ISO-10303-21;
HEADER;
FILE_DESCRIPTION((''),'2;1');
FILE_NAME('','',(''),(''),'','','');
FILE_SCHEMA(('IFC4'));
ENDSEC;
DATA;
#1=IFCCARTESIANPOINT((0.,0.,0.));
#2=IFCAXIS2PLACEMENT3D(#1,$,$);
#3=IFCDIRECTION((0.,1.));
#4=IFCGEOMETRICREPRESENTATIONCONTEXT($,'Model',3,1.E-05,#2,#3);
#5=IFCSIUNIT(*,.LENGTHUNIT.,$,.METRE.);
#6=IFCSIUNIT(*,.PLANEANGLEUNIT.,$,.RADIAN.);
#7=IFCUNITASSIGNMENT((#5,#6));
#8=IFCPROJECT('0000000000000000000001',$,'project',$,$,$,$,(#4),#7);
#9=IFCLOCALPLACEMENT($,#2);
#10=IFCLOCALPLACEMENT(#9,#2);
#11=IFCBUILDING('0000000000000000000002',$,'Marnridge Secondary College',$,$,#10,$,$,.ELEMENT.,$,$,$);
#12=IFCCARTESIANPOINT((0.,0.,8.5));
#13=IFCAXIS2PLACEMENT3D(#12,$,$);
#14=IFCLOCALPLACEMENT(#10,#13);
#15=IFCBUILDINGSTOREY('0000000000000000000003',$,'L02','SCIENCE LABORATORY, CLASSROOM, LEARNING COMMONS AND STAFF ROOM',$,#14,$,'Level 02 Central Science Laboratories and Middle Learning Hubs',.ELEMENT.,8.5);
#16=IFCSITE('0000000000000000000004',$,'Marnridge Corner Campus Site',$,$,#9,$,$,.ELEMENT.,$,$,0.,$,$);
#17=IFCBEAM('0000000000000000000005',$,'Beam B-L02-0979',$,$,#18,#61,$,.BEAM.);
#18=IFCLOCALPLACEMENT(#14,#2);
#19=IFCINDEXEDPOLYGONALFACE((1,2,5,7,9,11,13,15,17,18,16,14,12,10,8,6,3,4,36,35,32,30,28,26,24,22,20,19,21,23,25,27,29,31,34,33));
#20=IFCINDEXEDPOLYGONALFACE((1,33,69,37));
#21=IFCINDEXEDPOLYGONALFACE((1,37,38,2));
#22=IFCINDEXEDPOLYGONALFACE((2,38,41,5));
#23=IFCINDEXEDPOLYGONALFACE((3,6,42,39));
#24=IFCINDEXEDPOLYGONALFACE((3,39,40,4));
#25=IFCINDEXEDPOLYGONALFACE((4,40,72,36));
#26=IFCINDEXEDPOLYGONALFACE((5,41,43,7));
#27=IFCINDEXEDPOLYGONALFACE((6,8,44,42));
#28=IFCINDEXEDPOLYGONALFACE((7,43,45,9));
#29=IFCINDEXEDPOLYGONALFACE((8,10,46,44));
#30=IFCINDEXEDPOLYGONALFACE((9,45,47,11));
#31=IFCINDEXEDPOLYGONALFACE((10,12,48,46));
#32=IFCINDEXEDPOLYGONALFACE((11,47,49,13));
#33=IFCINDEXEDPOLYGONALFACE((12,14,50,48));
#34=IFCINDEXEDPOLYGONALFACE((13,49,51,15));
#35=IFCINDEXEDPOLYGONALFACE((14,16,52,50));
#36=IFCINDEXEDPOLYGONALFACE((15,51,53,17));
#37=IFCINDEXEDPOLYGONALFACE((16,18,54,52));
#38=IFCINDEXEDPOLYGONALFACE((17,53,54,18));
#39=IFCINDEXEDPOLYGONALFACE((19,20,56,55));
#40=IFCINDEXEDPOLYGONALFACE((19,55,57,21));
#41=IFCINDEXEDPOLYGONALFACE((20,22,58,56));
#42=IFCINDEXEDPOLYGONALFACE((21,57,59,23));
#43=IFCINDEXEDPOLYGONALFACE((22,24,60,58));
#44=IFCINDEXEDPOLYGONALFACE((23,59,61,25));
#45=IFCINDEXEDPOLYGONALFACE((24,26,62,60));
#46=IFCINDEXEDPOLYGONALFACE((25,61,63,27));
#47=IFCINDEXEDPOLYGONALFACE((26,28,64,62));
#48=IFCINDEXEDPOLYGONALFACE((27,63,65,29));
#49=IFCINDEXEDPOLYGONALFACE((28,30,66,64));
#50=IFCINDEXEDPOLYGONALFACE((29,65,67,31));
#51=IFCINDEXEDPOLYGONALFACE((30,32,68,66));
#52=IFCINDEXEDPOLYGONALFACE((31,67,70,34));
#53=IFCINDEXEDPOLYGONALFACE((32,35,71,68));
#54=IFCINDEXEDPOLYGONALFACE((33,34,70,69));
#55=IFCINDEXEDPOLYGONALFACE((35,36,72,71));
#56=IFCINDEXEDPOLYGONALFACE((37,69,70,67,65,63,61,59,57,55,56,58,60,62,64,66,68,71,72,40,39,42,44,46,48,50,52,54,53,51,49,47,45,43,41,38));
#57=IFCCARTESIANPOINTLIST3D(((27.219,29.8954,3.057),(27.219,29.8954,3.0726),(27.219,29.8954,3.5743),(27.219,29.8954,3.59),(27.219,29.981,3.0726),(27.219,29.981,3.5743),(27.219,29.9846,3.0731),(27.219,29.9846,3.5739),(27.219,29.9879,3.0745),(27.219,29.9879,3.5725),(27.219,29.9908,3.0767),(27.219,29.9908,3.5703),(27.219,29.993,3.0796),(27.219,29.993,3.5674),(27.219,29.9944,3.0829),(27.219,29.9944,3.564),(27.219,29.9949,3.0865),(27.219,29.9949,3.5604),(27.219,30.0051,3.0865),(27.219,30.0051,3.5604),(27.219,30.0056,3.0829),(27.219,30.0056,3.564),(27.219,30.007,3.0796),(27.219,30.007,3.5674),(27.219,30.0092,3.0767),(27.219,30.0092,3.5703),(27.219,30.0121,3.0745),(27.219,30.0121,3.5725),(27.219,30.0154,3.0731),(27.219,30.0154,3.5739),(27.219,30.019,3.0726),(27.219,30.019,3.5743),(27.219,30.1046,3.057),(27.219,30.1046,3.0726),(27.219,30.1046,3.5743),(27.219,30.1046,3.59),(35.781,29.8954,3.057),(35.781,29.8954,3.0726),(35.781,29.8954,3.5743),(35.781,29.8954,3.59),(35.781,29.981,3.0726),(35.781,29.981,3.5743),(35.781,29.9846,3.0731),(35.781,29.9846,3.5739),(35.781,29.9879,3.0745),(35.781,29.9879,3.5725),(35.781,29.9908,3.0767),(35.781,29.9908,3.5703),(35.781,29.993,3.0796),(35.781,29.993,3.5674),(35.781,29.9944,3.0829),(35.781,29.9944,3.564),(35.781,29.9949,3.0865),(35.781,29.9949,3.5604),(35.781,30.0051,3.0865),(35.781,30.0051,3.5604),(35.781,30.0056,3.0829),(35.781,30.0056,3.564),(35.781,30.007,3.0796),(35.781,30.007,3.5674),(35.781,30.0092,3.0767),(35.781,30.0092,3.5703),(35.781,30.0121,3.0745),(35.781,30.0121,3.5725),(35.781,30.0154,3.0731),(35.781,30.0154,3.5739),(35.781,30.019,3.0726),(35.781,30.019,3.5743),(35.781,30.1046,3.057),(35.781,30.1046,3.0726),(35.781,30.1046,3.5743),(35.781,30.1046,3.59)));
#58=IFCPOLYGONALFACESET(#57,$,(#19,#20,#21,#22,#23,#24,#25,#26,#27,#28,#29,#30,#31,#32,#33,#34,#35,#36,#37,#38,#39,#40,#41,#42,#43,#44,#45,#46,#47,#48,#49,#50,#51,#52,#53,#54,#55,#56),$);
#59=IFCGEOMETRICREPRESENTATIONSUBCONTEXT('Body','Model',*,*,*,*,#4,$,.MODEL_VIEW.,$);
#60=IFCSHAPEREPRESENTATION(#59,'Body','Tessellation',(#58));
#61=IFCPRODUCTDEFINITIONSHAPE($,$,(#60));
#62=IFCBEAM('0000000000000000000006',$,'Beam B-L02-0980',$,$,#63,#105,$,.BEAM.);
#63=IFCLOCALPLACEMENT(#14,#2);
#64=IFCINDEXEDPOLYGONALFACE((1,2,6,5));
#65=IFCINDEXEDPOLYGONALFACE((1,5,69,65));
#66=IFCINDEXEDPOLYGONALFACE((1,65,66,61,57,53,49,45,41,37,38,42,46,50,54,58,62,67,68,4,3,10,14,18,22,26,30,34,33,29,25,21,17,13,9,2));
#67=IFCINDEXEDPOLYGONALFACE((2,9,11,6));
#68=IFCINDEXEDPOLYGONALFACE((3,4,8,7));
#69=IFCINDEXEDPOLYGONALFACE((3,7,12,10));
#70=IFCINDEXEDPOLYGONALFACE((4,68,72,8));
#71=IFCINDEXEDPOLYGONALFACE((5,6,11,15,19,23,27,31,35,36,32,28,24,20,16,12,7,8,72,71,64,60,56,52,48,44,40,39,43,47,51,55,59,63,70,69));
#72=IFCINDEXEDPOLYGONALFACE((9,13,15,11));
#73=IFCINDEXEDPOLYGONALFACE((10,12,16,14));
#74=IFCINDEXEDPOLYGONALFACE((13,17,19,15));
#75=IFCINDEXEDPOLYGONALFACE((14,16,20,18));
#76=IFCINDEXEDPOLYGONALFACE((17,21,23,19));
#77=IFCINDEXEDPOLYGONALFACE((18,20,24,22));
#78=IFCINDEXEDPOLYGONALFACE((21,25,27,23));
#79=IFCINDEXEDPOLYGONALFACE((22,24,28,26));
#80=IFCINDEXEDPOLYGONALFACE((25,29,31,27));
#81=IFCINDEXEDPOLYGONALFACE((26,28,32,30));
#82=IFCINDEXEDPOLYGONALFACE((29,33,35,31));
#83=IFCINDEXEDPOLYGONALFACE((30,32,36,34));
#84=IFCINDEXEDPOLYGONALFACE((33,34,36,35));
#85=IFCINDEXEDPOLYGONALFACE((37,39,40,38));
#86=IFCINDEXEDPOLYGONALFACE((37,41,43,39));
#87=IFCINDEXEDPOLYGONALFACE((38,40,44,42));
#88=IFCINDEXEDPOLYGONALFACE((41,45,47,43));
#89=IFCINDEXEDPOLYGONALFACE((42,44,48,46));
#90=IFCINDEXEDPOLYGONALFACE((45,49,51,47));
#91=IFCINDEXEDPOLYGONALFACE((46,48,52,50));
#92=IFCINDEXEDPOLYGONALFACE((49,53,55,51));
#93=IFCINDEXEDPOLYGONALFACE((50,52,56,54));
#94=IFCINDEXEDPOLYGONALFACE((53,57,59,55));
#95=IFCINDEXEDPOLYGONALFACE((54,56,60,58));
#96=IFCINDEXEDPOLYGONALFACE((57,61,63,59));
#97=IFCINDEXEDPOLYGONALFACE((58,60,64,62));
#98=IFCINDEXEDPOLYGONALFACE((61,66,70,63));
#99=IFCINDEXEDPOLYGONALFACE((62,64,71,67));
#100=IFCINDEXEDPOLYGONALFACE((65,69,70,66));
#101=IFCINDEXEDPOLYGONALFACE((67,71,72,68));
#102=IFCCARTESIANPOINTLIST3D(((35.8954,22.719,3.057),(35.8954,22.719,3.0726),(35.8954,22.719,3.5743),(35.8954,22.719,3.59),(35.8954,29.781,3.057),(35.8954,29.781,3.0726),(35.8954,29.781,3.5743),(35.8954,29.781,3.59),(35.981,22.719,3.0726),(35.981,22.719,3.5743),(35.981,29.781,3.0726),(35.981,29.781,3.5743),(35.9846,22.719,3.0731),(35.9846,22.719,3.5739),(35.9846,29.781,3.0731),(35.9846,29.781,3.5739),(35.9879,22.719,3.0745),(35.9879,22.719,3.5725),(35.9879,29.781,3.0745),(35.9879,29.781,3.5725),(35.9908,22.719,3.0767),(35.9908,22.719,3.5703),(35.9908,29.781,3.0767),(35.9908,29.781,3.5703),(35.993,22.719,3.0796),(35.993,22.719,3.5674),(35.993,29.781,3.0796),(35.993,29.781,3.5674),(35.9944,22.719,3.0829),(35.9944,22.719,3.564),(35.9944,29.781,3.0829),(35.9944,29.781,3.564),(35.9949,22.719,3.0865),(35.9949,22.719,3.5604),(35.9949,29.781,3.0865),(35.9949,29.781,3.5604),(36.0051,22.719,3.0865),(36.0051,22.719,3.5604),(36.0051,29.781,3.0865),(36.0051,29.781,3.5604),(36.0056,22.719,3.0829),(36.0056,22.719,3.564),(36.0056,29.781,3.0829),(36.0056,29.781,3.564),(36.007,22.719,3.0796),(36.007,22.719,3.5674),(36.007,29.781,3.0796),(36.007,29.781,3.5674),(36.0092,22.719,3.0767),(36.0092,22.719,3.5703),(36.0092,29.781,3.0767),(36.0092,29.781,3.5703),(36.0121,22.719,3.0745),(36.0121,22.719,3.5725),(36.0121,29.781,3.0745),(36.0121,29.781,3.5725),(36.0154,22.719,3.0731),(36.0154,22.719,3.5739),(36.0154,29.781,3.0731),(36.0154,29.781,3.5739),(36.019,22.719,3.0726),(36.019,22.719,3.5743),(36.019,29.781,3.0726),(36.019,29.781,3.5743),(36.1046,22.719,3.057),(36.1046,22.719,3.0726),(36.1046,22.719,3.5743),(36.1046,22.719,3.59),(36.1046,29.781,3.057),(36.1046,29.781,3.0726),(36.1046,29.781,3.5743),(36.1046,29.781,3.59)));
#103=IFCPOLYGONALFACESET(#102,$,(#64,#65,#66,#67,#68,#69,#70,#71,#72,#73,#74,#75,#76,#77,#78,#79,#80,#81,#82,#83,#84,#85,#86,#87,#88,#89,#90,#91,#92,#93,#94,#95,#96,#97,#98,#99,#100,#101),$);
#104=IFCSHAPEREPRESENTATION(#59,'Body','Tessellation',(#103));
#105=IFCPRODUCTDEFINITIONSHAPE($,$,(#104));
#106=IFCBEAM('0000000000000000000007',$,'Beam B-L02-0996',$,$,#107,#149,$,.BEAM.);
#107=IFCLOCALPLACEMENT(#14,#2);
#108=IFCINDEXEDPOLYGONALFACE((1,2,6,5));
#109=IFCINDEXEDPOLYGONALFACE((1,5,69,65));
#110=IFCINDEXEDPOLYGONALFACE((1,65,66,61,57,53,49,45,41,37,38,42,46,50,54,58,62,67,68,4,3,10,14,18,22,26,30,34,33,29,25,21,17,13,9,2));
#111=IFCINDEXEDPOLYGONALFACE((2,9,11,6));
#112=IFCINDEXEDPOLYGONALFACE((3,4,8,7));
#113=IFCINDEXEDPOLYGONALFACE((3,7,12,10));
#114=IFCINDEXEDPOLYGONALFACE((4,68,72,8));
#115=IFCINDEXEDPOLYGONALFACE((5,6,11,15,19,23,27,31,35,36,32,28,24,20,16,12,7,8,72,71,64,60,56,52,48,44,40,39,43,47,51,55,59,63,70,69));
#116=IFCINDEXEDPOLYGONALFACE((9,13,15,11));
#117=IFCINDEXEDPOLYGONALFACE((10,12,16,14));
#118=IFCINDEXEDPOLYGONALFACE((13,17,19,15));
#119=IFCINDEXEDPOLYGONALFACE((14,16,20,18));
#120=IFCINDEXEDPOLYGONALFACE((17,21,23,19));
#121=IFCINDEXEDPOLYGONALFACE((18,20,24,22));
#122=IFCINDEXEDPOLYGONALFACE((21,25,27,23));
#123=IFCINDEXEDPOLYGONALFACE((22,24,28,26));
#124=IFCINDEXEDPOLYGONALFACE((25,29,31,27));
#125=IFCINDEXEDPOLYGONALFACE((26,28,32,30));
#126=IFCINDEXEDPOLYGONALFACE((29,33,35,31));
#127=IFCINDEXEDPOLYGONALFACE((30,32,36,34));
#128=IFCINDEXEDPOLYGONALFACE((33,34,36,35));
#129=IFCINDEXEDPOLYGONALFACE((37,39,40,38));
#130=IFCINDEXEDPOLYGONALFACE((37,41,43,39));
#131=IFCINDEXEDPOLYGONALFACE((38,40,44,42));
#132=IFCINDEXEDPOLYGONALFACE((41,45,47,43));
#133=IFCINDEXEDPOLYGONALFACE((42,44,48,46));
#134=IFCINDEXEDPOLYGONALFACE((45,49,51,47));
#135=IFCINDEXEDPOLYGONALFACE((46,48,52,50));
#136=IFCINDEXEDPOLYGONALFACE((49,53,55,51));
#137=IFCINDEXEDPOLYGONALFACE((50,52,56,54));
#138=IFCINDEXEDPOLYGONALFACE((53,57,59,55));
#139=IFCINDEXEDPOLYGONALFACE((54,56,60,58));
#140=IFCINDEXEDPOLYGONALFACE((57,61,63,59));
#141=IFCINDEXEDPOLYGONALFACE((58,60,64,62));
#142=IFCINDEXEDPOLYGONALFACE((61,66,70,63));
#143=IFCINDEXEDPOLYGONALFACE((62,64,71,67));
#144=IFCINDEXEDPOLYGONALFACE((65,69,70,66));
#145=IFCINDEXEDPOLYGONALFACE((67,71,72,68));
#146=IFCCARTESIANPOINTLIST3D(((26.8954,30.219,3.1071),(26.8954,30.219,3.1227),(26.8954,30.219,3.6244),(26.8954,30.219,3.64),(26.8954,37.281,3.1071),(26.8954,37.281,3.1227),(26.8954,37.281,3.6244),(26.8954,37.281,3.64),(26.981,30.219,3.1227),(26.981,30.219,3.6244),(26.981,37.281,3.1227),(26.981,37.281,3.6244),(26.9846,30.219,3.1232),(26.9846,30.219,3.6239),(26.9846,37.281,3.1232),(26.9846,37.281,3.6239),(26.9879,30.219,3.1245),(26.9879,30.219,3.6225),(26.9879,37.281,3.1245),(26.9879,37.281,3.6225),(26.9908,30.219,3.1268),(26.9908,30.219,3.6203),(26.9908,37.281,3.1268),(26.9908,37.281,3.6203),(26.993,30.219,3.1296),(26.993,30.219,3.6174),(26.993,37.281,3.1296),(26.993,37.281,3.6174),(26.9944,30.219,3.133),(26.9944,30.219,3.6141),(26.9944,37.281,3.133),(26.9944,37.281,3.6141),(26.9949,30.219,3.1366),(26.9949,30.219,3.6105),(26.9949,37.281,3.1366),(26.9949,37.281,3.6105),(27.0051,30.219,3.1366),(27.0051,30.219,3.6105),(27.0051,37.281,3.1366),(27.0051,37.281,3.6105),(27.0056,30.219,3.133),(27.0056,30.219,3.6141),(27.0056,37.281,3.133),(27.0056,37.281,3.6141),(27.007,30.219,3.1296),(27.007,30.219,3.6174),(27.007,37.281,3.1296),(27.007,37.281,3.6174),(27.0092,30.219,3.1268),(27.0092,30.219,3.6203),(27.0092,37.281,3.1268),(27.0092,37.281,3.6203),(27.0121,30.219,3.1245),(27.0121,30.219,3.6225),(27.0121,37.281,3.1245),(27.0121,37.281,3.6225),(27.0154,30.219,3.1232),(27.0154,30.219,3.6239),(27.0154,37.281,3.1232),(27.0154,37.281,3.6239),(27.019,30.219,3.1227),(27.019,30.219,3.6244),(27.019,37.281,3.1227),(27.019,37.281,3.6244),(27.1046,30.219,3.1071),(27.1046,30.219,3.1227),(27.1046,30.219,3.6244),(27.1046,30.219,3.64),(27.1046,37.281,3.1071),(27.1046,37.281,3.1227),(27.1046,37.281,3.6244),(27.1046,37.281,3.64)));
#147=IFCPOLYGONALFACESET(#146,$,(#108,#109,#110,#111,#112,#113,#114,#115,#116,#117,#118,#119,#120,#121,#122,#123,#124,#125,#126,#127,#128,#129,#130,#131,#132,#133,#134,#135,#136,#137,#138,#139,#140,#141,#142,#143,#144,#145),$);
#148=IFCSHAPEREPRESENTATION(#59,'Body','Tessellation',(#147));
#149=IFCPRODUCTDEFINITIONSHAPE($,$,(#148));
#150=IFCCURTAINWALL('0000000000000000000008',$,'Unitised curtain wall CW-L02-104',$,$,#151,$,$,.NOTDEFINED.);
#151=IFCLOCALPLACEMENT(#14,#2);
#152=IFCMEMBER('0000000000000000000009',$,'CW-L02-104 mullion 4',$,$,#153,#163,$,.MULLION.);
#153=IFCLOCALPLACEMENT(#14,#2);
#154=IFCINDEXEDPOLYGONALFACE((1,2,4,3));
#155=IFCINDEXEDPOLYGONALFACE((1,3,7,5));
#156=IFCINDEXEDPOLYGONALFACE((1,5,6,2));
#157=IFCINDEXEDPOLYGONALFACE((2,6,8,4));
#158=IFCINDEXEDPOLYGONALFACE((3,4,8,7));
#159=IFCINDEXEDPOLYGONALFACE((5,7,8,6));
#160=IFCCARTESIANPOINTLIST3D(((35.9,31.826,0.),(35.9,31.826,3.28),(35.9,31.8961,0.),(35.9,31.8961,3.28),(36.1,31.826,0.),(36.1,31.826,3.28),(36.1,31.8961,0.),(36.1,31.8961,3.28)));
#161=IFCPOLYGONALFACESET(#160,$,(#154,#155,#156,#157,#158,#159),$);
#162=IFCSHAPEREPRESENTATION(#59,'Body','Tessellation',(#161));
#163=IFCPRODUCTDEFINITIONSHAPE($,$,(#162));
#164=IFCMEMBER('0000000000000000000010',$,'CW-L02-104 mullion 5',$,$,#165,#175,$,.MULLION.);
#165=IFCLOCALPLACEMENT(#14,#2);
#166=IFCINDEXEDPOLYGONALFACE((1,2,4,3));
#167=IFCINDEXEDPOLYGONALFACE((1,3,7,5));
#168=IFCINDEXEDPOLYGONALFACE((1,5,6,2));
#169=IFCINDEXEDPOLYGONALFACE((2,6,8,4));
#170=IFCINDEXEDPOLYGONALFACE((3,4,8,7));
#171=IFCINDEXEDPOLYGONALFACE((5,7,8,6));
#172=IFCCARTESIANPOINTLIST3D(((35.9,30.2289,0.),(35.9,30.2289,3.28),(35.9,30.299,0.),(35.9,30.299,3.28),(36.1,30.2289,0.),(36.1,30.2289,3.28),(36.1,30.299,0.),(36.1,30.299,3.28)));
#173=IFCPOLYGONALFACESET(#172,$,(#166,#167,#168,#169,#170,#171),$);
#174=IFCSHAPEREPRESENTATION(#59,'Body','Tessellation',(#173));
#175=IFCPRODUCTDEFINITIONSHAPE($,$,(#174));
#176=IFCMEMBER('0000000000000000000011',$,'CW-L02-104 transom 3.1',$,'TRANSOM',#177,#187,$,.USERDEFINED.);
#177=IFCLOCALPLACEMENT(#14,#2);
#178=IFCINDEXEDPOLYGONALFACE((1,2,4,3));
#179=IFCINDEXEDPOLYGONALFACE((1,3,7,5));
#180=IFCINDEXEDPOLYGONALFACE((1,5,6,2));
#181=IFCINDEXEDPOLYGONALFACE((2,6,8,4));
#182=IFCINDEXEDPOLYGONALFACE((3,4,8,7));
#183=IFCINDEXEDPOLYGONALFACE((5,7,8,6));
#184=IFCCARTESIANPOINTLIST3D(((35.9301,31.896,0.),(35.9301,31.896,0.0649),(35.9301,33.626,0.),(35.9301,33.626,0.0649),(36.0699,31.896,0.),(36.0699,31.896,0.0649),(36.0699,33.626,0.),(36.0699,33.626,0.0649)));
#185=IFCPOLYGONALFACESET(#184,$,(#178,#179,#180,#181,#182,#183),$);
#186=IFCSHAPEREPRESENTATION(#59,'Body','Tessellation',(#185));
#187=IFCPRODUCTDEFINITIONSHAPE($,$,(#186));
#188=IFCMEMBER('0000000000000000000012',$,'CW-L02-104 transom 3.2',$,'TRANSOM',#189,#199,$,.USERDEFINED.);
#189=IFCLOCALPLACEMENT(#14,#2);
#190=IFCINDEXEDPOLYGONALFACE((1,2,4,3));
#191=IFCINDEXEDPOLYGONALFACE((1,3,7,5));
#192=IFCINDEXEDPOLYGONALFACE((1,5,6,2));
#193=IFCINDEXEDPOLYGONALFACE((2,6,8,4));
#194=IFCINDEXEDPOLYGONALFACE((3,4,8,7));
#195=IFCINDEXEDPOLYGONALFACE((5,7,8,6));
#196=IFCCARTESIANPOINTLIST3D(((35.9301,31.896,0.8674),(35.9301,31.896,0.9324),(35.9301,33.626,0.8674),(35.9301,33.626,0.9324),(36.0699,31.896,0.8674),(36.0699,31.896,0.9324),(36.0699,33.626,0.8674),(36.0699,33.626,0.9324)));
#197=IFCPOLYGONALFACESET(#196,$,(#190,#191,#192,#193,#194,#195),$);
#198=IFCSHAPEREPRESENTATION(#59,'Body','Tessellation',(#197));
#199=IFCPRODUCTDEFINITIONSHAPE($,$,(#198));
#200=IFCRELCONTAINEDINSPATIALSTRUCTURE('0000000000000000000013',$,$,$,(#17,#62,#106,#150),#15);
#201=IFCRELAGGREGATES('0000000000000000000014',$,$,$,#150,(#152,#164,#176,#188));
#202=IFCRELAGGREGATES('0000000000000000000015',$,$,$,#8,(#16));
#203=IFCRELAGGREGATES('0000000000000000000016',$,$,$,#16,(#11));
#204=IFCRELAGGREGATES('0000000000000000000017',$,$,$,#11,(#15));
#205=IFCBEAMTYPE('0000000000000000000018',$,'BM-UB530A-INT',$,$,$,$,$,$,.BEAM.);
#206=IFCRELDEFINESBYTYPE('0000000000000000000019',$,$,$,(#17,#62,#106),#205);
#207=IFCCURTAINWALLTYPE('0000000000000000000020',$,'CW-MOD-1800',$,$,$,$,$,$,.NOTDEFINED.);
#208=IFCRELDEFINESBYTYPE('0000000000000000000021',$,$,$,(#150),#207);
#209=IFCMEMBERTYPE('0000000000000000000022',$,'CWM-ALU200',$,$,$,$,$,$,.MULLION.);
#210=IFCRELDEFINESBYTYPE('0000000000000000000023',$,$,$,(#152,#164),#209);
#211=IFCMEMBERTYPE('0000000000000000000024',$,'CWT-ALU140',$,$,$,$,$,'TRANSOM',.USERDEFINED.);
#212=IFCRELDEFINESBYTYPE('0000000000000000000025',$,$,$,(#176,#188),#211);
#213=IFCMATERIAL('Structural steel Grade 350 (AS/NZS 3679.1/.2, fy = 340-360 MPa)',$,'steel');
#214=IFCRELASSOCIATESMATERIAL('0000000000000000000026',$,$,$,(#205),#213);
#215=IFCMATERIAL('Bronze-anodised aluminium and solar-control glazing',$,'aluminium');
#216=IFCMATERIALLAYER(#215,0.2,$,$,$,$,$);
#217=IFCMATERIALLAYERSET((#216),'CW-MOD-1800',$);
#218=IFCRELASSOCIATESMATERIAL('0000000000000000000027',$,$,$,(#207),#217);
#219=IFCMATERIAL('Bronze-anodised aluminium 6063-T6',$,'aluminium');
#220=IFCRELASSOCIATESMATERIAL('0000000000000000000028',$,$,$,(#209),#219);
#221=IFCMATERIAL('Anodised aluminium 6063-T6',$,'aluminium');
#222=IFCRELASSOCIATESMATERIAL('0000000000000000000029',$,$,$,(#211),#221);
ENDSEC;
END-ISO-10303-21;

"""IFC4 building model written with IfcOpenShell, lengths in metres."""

from ifc_helpers import new_model, si_unit, direction, frame, origin, origin_2d, place, context, subcontext, project, spatial, rectangle, i_section, extrude, material, layer, layer_set, material_profile, profile_set, type_object, element, aggregate, save


model = new_model("IFC4")

# Units and contexts
model_context = context("Model", 3, precision=1e-05, world=origin(), true_north=direction((0.0, 1.0)))
body_context = subcontext(model_context, "Body", "Model", "MODEL_VIEW")
ifc_project = project(units=[si_unit("LENGTHUNIT", "METRE"), si_unit("PLANEANGLEUNIT", "RADIAN")], contexts=[model_context])

# Site, building, storey
site_placement = place(None, origin())
site = spatial("IfcSite", under=ifc_project, at=site_placement, Name="Marnridge Corner Campus Site", CompositionType="ELEMENT", RefElevation=0.0)
building_placement = place(site_placement, origin())
building = spatial("IfcBuilding", under=site, at=building_placement, Name="Marnridge Secondary College", CompositionType="ELEMENT")
storey_placement = place(building_placement, frame((0.0, 0.0, 8.5)))
storey = spatial("IfcBuildingStorey", under=building, at=storey_placement, Name="L02", Description="SCIENCE LABORATORY, CLASSROOM, LEARNING COMMONS AND STAFF ROOM", LongName="Level 02 Central Science Laboratories and Middle Learning Hubs", CompositionType="ELEMENT", Elevation=8.5)

# Beams
ifc_material_1 = material(Name="Structural steel Grade 350 (AS/NZS 3679.1/.2, fy = 340-360 MPa)", Category="steel")
ifc_material_profile_1 = material_profile(ifc_material_1, i_section(OverallWidth=0.2092, OverallDepth=0.533, WebThickness=0.0103, FlangeThickness=0.0156, FilletRadius=0.0139, at=origin_2d()), Name="530UB92.4")
ifc_profile_set_1 = profile_set([ifc_material_profile_1], Name="Structural steel Grade 350 (AS/NZS 3679.1/.2, fy = 340-360 MPa)")
beam_type_1 = type_object("IfcBeamType", Name="BM-UB530A-INT", PredefinedType="BEAM", material=ifc_profile_set_1)
beam_1_placement = place(storey_placement, frame((27.219, 30.0, 3.3235), z_axis=(1.0, 0.0, 0.0), x_axis=(0.0, 1.0, 0.0)))
element("IfcBeam", 1, at=beam_1_placement, inside=storey, type_object=beam_type_1, Name="Beam B-L02-0979", PredefinedType="BEAM", context=body_context, shape_type="SweptSolid", body=[
    extrude(i_section(OverallWidth=0.2092, OverallDepth=0.533, WebThickness=0.0103, FlangeThickness=0.0156, FilletRadius=0.0139, at=origin_2d()), origin(), (0.0, 0.0, 1.0), 8.562),
])
for number, where, z_axis, x_axis, name in (
    (2, (36.0, 22.719, 3.3235), (0.0, 1.0, 0.0), (-1.0, 0.0, 0.0), "Beam B-L02-0980"),
    (3, (27.0, 30.219, 3.3735), (0.0, 1.0, 0.0), (-1.0, 0.0, 0.0), "Beam B-L02-0996"),
):
    element("IfcBeam", number, at=place(storey_placement, frame(where, z_axis=z_axis, x_axis=x_axis)), inside=storey, type_object=beam_type_1, Name=name, PredefinedType="BEAM", context=body_context, shape_type="SweptSolid", body=[
        extrude(i_section(OverallWidth=0.2092, OverallDepth=0.533, WebThickness=0.0103, FlangeThickness=0.0156, FilletRadius=0.0139, at=origin_2d()), origin(), (0.0, 0.0, 1.0), 7.062),
    ])

# Curtain wall, members
ifc_material_2 = material(Name="Bronze-anodised aluminium and solar-control glazing", Category="aluminium")
ifc_layer_1 = layer(ifc_material_2, 0.2)
ifc_layer_set_1 = layer_set([ifc_layer_1], Name="CW-MOD-1800")
curtain_wall_type = type_object("IfcCurtainWallType", Name="CW-MOD-1800", PredefinedType="NOTDEFINED", material=ifc_layer_set_1)
curtain_wall_placement = place(storey_placement, origin())
curtain_wall = element("IfcCurtainWall", 4, at=curtain_wall_placement, inside=storey, type_object=curtain_wall_type, Name="Unitised curtain wall CW-L02-104", PredefinedType="NOTDEFINED")
ifc_material_3 = material(Name="Bronze-anodised aluminium 6063-T6", Category="aluminium")
ifc_material_profile_2 = material_profile(ifc_material_3, rectangle(XDim=0.0701, YDim=0.2, at=origin_2d()), Name="ALU 70x200")
ifc_profile_set_2 = profile_set([ifc_material_profile_2], Name="Bronze-anodised aluminium 6063-T6")
member_type_1 = type_object("IfcMemberType", Name="CWM-ALU200", PredefinedType="MULLION", material=ifc_profile_set_2)
member_1_placement = place(storey_placement, frame((36.0, 31.8611, 0.0), z_axis=(0.0, 0.0, 1.0), x_axis=(0.0, -1.0, 0.0)))
member_1 = element("IfcMember", 5, at=member_1_placement, type_object=member_type_1, Name="CW-L02-104 mullion 4", PredefinedType="MULLION", context=body_context, shape_type="SweptSolid", body=[
    extrude(rectangle(XDim=0.0701, YDim=0.2, at=origin_2d()), origin(), (0.0, 0.0, 1.0), 3.28),
])
member_2_placement = place(storey_placement, frame((36.0, 30.2639, 0.0), z_axis=(0.0, 0.0, 1.0), x_axis=(0.0, -1.0, 0.0)))
member_2 = element("IfcMember", 6, at=member_2_placement, type_object=member_type_1, Name="CW-L02-104 mullion 5", PredefinedType="MULLION", context=body_context, shape_type="SweptSolid", body=[
    extrude(rectangle(XDim=0.0701, YDim=0.2, at=origin_2d()), origin(), (0.0, 0.0, 1.0), 3.28),
])
ifc_material_4 = material(Name="Anodised aluminium 6063-T6", Category="aluminium")
ifc_material_profile_3 = material_profile(ifc_material_4, rectangle(XDim=0.0649, YDim=0.1399, at=origin_2d()), Name="ALU 65x140")
ifc_profile_set_3 = profile_set([ifc_material_profile_3], Name="Anodised aluminium 6063-T6")
member_type_2 = type_object("IfcMemberType", Name="CWT-ALU140", ElementType="TRANSOM", PredefinedType="USERDEFINED", material=ifc_profile_set_3)
member_3_placement = place(storey_placement, frame((36.0, 33.626, 0.0325), z_axis=(0.0, -1.0, 0.0), x_axis=(0.0, 0.0, 1.0)))
member_3 = element("IfcMember", 7, at=member_3_placement, type_object=member_type_2, Name="CW-L02-104 transom 3.1", ObjectType="TRANSOM", PredefinedType="USERDEFINED", context=body_context, shape_type="SweptSolid", body=[
    extrude(rectangle(XDim=0.0649, YDim=0.1399, at=origin_2d()), origin(), (0.0, 0.0, 1.0), 1.73),
])
member_4_placement = place(storey_placement, frame((36.0, 33.626, 0.8999), z_axis=(0.0, -1.0, 0.0), x_axis=(0.0, 0.0, 1.0)))
member_4 = element("IfcMember", 8, at=member_4_placement, type_object=member_type_2, Name="CW-L02-104 transom 3.2", ObjectType="TRANSOM", PredefinedType="USERDEFINED", context=body_context, shape_type="SweptSolid", body=[
    extrude(rectangle(XDim=0.0649, YDim=0.1399, at=origin_2d()), origin(), (0.0, 0.0, 1.0), 1.73),
])
aggregate(curtain_wall, [member_1, member_2, member_3, member_4])

save(model, "model.ifc")
